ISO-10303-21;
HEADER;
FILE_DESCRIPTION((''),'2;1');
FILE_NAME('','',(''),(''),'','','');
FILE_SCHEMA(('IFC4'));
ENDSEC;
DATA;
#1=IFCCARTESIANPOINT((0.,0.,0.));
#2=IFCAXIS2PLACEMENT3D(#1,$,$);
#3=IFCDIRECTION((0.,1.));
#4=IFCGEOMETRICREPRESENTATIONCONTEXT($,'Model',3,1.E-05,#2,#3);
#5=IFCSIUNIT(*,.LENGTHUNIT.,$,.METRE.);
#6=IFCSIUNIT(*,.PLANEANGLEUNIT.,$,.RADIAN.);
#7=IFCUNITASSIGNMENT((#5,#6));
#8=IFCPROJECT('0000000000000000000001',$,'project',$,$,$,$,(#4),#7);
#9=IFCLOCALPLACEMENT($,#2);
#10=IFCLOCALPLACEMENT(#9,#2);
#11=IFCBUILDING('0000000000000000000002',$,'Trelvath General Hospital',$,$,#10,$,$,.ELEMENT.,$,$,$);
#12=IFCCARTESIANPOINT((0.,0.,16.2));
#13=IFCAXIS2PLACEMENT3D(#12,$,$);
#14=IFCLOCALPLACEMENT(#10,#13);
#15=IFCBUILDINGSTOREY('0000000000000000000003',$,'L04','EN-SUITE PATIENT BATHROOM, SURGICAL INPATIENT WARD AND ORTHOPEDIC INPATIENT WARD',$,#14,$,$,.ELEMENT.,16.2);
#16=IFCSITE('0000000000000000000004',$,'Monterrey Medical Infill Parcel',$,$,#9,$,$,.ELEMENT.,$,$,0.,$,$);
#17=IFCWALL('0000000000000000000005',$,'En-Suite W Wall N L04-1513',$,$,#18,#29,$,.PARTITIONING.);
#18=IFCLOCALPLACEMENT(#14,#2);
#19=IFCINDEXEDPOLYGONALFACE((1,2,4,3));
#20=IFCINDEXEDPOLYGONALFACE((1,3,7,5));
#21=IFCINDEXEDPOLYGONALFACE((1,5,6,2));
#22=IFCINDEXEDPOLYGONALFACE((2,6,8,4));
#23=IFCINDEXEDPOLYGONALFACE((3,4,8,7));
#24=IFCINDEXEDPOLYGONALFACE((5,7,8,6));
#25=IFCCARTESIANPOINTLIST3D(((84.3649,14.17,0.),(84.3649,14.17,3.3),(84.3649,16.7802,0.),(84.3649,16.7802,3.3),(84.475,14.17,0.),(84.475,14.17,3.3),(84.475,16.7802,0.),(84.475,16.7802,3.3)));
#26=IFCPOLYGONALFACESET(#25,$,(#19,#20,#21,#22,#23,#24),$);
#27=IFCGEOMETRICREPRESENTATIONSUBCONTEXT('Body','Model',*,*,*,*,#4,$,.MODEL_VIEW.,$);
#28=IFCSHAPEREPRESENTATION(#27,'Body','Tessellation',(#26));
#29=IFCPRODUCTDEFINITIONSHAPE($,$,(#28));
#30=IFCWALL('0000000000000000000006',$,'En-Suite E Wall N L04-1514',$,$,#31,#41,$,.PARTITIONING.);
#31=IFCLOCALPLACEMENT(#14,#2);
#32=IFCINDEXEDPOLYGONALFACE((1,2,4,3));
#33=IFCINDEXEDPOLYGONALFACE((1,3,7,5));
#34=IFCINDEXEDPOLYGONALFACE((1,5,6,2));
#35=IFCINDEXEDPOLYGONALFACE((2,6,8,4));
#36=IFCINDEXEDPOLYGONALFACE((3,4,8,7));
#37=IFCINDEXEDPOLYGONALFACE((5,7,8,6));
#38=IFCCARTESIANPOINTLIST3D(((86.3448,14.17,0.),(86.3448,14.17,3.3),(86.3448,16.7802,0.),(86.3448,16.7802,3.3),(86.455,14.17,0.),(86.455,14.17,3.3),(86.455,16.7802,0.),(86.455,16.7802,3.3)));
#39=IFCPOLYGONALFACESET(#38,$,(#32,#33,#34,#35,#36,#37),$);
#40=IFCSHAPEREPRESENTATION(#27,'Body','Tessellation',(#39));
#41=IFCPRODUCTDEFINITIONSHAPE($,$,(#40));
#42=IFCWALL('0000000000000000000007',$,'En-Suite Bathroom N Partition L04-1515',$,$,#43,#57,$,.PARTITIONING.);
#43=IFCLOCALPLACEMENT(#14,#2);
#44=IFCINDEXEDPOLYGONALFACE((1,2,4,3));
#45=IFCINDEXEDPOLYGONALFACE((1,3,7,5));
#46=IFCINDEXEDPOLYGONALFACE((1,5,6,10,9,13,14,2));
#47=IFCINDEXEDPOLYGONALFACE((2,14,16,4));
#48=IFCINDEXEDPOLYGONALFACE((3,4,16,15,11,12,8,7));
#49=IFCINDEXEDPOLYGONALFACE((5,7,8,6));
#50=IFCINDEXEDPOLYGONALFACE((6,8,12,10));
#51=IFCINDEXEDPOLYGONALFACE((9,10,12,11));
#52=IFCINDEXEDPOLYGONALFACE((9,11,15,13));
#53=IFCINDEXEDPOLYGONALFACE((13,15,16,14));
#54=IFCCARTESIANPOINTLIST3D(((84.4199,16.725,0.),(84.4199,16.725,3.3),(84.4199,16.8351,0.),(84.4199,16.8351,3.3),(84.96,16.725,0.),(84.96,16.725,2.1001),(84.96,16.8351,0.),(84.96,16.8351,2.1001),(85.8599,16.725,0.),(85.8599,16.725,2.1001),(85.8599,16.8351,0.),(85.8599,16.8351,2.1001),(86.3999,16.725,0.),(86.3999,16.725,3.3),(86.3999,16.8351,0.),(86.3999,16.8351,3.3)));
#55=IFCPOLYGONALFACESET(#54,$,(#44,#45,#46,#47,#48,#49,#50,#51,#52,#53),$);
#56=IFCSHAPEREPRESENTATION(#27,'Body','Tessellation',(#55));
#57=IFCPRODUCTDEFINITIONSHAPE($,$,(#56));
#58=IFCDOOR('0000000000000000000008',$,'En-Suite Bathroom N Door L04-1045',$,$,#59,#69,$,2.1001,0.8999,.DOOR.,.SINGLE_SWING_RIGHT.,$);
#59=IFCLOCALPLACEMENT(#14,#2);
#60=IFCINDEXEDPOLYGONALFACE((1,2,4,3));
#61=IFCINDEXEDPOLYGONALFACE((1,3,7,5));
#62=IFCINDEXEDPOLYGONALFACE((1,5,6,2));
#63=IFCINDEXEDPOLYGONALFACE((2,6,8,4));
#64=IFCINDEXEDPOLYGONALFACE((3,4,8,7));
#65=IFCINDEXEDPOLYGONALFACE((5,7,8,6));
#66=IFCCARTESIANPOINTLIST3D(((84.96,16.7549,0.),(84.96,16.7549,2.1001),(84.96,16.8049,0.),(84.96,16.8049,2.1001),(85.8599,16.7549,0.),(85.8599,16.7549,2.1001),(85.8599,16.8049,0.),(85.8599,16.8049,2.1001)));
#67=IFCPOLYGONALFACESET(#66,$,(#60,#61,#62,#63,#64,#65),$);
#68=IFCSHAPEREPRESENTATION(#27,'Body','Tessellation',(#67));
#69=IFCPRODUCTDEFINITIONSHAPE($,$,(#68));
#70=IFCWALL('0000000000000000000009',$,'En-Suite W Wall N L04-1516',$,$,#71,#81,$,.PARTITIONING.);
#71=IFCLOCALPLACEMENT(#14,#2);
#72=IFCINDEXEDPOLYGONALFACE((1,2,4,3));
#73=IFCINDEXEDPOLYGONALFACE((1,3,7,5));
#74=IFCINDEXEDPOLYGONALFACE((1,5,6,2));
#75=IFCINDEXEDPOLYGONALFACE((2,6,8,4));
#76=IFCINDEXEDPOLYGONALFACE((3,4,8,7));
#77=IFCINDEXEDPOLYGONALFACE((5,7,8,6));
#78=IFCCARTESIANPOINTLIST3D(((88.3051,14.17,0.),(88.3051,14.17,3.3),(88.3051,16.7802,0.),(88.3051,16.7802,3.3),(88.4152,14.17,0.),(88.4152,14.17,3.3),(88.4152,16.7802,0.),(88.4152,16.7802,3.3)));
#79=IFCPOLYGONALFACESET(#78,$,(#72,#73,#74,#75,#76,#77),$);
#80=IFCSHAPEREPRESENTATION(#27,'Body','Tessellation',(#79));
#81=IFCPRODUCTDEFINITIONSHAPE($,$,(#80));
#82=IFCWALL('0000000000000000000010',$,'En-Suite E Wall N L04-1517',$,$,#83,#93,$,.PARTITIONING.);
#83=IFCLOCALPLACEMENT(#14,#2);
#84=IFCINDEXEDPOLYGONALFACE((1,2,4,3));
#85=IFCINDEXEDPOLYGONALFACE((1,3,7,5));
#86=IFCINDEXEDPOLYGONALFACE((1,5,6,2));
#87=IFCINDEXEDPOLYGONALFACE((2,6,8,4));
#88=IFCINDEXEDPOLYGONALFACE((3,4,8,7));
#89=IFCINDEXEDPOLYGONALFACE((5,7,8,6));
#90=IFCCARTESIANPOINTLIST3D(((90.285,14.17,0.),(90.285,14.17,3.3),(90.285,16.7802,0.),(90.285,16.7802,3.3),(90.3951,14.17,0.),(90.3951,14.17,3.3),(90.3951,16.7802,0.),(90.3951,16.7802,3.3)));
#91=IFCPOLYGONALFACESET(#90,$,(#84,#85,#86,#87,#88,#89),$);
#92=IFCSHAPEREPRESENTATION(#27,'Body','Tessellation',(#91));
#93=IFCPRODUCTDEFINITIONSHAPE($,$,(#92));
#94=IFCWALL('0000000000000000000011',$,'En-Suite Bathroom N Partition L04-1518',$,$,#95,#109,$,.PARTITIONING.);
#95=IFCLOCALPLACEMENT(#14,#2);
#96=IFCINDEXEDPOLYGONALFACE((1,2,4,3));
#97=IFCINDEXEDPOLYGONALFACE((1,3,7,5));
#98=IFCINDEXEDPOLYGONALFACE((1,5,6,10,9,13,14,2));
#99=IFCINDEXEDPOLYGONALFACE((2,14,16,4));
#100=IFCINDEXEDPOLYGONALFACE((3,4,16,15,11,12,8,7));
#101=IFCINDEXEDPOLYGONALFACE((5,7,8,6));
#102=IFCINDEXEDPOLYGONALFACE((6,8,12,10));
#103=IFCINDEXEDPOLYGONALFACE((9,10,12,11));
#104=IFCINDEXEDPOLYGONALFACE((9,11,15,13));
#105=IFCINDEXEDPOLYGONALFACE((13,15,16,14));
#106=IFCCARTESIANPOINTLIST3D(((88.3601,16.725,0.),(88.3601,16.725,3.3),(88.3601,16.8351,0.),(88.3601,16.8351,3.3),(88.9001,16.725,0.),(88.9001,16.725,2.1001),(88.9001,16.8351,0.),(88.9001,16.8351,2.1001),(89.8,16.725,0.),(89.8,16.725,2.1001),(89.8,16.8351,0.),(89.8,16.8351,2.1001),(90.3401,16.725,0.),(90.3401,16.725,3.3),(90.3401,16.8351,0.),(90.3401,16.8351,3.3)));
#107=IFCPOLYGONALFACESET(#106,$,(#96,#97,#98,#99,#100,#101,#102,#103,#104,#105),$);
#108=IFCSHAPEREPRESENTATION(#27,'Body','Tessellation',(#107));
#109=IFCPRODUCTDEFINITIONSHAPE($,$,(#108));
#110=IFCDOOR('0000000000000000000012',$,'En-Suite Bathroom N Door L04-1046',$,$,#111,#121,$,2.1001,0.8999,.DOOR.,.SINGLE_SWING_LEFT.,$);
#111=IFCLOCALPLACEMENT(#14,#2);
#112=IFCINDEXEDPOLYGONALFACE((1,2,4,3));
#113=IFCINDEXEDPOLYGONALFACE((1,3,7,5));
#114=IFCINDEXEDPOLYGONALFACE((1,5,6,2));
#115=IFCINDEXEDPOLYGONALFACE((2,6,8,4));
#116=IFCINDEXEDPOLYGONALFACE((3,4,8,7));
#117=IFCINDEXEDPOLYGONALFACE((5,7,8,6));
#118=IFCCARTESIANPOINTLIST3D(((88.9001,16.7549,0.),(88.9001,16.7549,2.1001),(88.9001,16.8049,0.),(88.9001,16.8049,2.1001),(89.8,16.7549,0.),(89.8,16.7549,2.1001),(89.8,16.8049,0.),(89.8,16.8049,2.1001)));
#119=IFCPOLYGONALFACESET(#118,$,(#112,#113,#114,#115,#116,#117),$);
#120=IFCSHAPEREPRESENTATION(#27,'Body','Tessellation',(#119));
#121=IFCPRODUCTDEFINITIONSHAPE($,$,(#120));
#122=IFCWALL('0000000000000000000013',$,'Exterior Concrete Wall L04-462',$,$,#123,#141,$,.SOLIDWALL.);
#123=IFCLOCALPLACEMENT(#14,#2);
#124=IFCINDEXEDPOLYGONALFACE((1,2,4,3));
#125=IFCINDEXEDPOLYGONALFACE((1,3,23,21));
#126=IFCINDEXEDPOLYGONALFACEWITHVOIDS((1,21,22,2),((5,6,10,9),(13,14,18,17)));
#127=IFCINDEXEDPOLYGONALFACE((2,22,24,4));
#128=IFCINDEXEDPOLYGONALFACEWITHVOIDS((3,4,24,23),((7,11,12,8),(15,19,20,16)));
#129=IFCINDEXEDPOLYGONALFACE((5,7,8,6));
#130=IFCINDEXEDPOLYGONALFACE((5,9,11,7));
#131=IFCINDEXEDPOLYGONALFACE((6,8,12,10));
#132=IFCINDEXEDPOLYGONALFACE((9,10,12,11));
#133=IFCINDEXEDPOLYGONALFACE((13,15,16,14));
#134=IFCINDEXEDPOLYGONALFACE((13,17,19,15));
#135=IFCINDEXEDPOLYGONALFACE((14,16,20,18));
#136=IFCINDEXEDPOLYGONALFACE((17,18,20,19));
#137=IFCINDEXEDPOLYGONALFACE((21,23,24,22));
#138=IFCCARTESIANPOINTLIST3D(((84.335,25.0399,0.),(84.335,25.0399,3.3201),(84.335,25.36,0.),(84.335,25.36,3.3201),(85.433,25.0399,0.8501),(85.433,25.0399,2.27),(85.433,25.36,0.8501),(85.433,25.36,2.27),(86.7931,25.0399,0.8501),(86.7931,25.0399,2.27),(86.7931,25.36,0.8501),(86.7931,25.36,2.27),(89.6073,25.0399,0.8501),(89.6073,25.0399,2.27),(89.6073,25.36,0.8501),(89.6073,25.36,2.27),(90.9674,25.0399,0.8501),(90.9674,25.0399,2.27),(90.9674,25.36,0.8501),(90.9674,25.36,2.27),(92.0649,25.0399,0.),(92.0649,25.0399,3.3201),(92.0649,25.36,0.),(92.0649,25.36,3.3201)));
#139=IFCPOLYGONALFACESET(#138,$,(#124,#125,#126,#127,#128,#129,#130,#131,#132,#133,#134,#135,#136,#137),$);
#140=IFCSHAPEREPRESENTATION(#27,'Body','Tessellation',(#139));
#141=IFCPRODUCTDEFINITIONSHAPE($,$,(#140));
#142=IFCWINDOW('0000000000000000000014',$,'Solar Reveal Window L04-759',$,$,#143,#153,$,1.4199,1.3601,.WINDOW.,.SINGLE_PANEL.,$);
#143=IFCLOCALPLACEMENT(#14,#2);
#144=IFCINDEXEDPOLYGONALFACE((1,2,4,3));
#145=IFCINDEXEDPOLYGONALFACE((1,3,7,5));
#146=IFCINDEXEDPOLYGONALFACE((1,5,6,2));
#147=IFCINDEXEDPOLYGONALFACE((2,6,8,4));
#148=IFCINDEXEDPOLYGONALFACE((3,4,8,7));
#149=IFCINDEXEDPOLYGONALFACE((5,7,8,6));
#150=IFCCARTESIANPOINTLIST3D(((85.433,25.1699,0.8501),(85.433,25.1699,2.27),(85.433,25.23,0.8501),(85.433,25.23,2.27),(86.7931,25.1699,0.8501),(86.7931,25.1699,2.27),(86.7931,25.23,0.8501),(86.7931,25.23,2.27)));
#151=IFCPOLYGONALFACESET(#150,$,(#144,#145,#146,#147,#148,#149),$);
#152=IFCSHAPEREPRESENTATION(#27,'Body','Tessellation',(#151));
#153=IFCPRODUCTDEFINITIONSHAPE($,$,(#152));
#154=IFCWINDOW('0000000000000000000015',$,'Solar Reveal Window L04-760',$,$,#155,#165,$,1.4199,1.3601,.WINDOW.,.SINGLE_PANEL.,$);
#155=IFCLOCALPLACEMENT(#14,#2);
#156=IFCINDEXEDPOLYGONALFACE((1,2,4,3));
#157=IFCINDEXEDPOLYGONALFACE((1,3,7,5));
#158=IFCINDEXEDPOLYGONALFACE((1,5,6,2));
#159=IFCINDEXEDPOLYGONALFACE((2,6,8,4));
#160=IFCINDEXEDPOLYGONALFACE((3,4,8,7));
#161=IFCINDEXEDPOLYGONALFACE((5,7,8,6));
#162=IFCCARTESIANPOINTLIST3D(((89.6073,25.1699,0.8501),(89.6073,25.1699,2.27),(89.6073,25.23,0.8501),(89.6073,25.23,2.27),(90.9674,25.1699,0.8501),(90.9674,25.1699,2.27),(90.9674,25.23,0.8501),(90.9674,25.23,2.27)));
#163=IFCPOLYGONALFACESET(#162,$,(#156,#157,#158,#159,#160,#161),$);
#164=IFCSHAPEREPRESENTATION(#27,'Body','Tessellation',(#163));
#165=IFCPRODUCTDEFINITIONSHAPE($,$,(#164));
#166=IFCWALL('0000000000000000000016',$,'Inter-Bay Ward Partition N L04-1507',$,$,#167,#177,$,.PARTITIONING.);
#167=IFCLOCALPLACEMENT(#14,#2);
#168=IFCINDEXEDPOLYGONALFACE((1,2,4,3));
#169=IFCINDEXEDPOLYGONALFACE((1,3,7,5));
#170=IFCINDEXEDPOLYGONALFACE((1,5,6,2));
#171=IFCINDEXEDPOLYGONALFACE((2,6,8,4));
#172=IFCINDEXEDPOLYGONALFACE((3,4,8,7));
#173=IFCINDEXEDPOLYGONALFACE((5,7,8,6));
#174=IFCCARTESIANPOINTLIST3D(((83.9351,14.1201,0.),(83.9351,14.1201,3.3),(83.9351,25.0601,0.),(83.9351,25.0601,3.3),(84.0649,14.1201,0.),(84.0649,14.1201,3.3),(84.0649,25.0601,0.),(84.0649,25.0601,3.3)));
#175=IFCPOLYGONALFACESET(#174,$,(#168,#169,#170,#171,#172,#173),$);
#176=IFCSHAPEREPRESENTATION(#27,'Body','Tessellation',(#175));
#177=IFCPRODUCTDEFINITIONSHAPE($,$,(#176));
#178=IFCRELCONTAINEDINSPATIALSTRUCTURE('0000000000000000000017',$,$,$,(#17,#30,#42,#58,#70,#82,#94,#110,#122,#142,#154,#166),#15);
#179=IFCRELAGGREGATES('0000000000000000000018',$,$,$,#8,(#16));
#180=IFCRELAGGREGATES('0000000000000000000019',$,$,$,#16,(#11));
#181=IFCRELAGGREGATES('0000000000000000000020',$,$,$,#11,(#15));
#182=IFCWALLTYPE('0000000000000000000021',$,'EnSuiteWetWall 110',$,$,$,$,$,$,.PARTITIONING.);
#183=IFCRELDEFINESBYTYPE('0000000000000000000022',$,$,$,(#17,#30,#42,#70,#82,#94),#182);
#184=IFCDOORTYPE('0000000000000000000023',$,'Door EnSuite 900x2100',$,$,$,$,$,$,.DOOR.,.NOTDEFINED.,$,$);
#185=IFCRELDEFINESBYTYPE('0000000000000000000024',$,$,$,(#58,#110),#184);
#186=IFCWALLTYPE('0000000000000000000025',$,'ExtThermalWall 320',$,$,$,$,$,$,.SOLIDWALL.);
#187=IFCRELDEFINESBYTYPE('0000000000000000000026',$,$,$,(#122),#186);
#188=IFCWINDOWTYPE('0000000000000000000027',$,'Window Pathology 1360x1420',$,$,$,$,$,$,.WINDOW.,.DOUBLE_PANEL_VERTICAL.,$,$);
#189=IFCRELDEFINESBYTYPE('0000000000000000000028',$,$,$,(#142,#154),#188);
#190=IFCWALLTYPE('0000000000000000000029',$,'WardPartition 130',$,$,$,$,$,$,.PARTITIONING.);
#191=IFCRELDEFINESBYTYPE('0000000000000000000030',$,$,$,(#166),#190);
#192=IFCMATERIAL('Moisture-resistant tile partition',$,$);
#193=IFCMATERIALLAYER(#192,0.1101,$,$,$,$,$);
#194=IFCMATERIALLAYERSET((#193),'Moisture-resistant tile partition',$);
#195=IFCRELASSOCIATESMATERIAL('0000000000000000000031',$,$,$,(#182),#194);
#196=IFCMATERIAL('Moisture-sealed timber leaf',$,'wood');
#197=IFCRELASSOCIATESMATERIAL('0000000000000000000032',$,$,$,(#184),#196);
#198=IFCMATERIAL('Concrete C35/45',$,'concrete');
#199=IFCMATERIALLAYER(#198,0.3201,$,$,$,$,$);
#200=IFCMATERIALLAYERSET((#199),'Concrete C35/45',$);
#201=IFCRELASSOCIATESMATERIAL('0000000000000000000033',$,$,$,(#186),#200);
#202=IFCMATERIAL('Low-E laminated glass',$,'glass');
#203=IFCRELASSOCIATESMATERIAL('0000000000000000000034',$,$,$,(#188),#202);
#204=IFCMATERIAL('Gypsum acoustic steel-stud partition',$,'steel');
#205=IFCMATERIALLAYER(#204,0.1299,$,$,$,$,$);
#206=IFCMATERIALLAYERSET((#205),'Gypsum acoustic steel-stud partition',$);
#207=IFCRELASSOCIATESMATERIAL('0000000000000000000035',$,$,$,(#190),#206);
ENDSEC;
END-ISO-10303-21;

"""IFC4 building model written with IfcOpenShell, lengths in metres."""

from ifc_helpers import new_model, si_unit, direction, frame, frame_2d, origin, place, context, subcontext, project, spatial, rectangle, extrude, material, layer, layer_set, type_object, element, fill, save


model = new_model("IFC4")

# Units and contexts
model_context = context("Model", 3, precision=1e-05, world=origin(), true_north=direction((0.0, 1.0)))
body_context = subcontext(model_context, "Body", "Model", "MODEL_VIEW")
ifc_project = project(units=[si_unit("LENGTHUNIT", "METRE"), si_unit("PLANEANGLEUNIT", "RADIAN")], contexts=[model_context])

# Site, building, storey
site_placement = place(None, origin())
site = spatial("IfcSite", under=ifc_project, at=site_placement, Name="Monterrey Medical Infill Parcel", CompositionType="ELEMENT", RefElevation=0.0)
building_placement = place(site_placement, origin())
building = spatial("IfcBuilding", under=site, at=building_placement, Name="Trelvath General Hospital", CompositionType="ELEMENT")
storey_placement = place(building_placement, frame((0.0, 0.0, 16.2)))
storey = spatial("IfcBuildingStorey", under=building, at=storey_placement, Name="L04", Description="EN-SUITE PATIENT BATHROOM, SURGICAL INPATIENT WARD AND ORTHOPEDIC INPATIENT WARD", CompositionType="ELEMENT", Elevation=16.2)

# Walls
ifc_material_1 = material(Name="Moisture-resistant tile partition")
ifc_layer_1 = layer(ifc_material_1, 0.1101)
ifc_layer_set_1 = layer_set([ifc_layer_1], Name="Moisture-resistant tile partition")
wall_type_1 = type_object("IfcWallType", Name="EnSuiteWetWall 110", PredefinedType="PARTITIONING", material=ifc_layer_set_1)
for number, where, z_axis, x_axis, name in (
    (1, (84.4199, 14.1699, 0.0), (0.0, 0.0, 1.0), (0.0, 1.0, 0.0), "En-Suite W Wall N L04-1513"),
    (2, (86.3999, 14.1699, 0.0), (0.0, 0.0, 1.0), (0.0, 1.0, 0.0), "En-Suite E Wall N L04-1514"),
):
    element("IfcWall", number, at=place(storey_placement, frame(where, z_axis=z_axis, x_axis=x_axis)), inside=storey, type_object=wall_type_1, Name=name, PredefinedType="PARTITIONING", context=body_context, shape_type="SweptSolid", body=[
        extrude(rectangle(XDim=2.6101, YDim=0.1101, at=frame_2d((1.3052, 0.0))), origin(), (0.0, 0.0, 1.0), 3.3),
    ])

# Wall, opening, door
wall_1_placement = place(storey_placement, frame((84.4199, 16.78, 0.0), z_axis=(0.0, 0.0, 1.0), x_axis=(1.0, 0.0, 0.0)))
wall_1 = element("IfcWall", 3, at=wall_1_placement, inside=storey, type_object=wall_type_1, Name="En-Suite Bathroom N Partition L04-1515", PredefinedType="PARTITIONING", context=body_context, shape_type="SweptSolid", body=[
    extrude(rectangle(XDim=1.98, YDim=0.1101, at=frame_2d((0.99, 0.0))), origin(), (0.0, 0.0, 1.0), 3.3),
])
opening_1_placement = place(wall_1_placement, frame((0.54, 0.0, 0.0)))
opening_1 = element("IfcOpeningElement", 4, at=opening_1_placement, cuts=wall_1, PredefinedType="OPENING", context=body_context, shape_type="SweptSolid", body=[
    extrude(rectangle(XDim=0.8999, YDim=2.1001, at=frame_2d((0.45, 1.05))), frame((0.0, 0.0649, 0.0), z_axis=(0.0, -1.0, 0.0), x_axis=(1.0, 0.0, 0.0)), (0.0, 0.0, 1.0), 0.1301),
])
ifc_material_2 = material(Name="Moisture-sealed timber leaf", Category="wood")
door_type_1 = type_object("IfcDoorType", Name="Door EnSuite 900x2100", OperationType="NOTDEFINED", PredefinedType="DOOR", material=ifc_material_2)
door_1_placement = place(opening_1_placement, origin())
door_1 = element("IfcDoor", 5, at=door_1_placement, inside=storey, type_object=door_type_1, Name="En-Suite Bathroom N Door L04-1045", OperationType="SINGLE_SWING_RIGHT", OverallHeight=2.1001, OverallWidth=0.8999, PredefinedType="DOOR", context=body_context, shape_type="SweptSolid", body=[
    extrude(rectangle(XDim=0.8999, YDim=2.1001, at=frame_2d((0.45, 1.05))), frame((0.0, 0.0249, 0.0), z_axis=(0.0, -1.0, 0.0), x_axis=(1.0, 0.0, 0.0)), (0.0, 0.0, 1.0), 0.05),
])
fill(opening_1, door_1)

# Walls
for number, where, z_axis, x_axis, name in (
    (6, (88.3601, 14.1699, 0.0), (0.0, 0.0, 1.0), (0.0, 1.0, 0.0), "En-Suite W Wall N L04-1516"),
    (7, (90.3401, 14.1699, 0.0), (0.0, 0.0, 1.0), (0.0, 1.0, 0.0), "En-Suite E Wall N L04-1517"),
):
    element("IfcWall", number, at=place(storey_placement, frame(where, z_axis=z_axis, x_axis=x_axis)), inside=storey, type_object=wall_type_1, Name=name, PredefinedType="PARTITIONING", context=body_context, shape_type="SweptSolid", body=[
        extrude(rectangle(XDim=2.6101, YDim=0.1101, at=frame_2d((1.3052, 0.0))), origin(), (0.0, 0.0, 1.0), 3.3),
    ])

# Wall, opening, door
wall_2_placement = place(storey_placement, frame((88.3601, 16.78, 0.0), z_axis=(0.0, 0.0, 1.0), x_axis=(1.0, 0.0, 0.0)))
wall_2 = element("IfcWall", 8, at=wall_2_placement, inside=storey, type_object=wall_type_1, Name="En-Suite Bathroom N Partition L04-1518", PredefinedType="PARTITIONING", context=body_context, shape_type="SweptSolid", body=[
    extrude(rectangle(XDim=1.98, YDim=0.1101, at=frame_2d((0.99, 0.0))), origin(), (0.0, 0.0, 1.0), 3.3),
])
opening_2_placement = place(wall_2_placement, frame((0.54, 0.0, 0.0)))
opening_2 = element("IfcOpeningElement", 9, at=opening_2_placement, cuts=wall_2, PredefinedType="OPENING", context=body_context, shape_type="SweptSolid", body=[
    extrude(rectangle(XDim=0.8999, YDim=2.1001, at=frame_2d((0.45, 1.05))), frame((0.0, 0.0649, 0.0), z_axis=(0.0, -1.0, 0.0), x_axis=(1.0, 0.0, 0.0)), (0.0, 0.0, 1.0), 0.1301),
])
door_2_placement = place(opening_2_placement, origin())
door_2 = element("IfcDoor", 10, at=door_2_placement, inside=storey, type_object=door_type_1, Name="En-Suite Bathroom N Door L04-1046", OperationType="SINGLE_SWING_LEFT", OverallHeight=2.1001, OverallWidth=0.8999, PredefinedType="DOOR", context=body_context, shape_type="SweptSolid", body=[
    extrude(rectangle(XDim=0.8999, YDim=2.1001, at=frame_2d((0.45, 1.05))), frame((0.0, 0.0249, 0.0), z_axis=(0.0, -1.0, 0.0), x_axis=(1.0, 0.0, 0.0)), (0.0, 0.0, 1.0), 0.05),
])
fill(opening_2, door_2)

# Wall, openings, windows
ifc_material_3 = material(Name="Concrete C35/45", Category="concrete")
ifc_layer_2 = layer(ifc_material_3, 0.3201)
ifc_layer_set_2 = layer_set([ifc_layer_2], Name="Concrete C35/45")
wall_type_2 = type_object("IfcWallType", Name="ExtThermalWall 320", PredefinedType="SOLIDWALL", material=ifc_layer_set_2)
wall_3_placement = place(storey_placement, frame((84.335, 25.2, 0.0), z_axis=(0.0, 0.0, 1.0), x_axis=(1.0, 0.0, 0.0)))
wall_3 = element("IfcWall", 11, at=wall_3_placement, inside=storey, type_object=wall_type_2, Name="Exterior Concrete Wall L04-462", PredefinedType="SOLIDWALL", context=body_context, shape_type="SweptSolid", body=[
    extrude(rectangle(XDim=7.73, YDim=0.3201, at=frame_2d((3.865, 0.0))), origin(), (0.0, 0.0, 1.0), 3.3201),
])
opening_3_placement = place(wall_3_placement, frame((1.0979, 0.0, 0.8501)))
opening_3 = element("IfcOpeningElement", 12, at=opening_3_placement, cuts=wall_3, PredefinedType="OPENING", context=body_context, shape_type="SweptSolid", body=[
    extrude(rectangle(XDim=1.3601, YDim=1.4199, at=frame_2d((0.6802, 0.71))), frame((0.0, 0.1699, 0.0), z_axis=(0.0, -1.0, 0.0), x_axis=(1.0, 0.0, 0.0)), (0.0, 0.0, 1.0), 0.3401),
])
opening_4_placement = place(wall_3_placement, frame((5.2722, 0.0, 0.8501)))
opening_4 = element("IfcOpeningElement", 13, at=opening_4_placement, cuts=wall_3, PredefinedType="OPENING", context=body_context, shape_type="SweptSolid", body=[
    extrude(rectangle(XDim=1.3601, YDim=1.4199, at=frame_2d((0.6802, 0.71))), frame((0.0, 0.1699, 0.0), z_axis=(0.0, -1.0, 0.0), x_axis=(1.0, 0.0, 0.0)), (0.0, 0.0, 1.0), 0.3401),
])
ifc_material_4 = material(Name="Low-E laminated glass", Category="glass")
window_type = type_object("IfcWindowType", Name="Window Pathology 1360x1420", PartitioningType="DOUBLE_PANEL_VERTICAL", PredefinedType="WINDOW", material=ifc_material_4)
window_1_placement = place(opening_3_placement, origin())
window_1 = element("IfcWindow", 14, at=window_1_placement, inside=storey, type_object=window_type, Name="Solar Reveal Window L04-759", OverallHeight=1.4199, OverallWidth=1.3601, PartitioningType="SINGLE_PANEL", PredefinedType="WINDOW", context=body_context, shape_type="SweptSolid", body=[
    extrude(rectangle(XDim=1.3601, YDim=1.4199, at=frame_2d((0.6802, 0.71))), frame((0.0, 0.03, 0.0), z_axis=(0.0, -1.0, 0.0), x_axis=(1.0, 0.0, 0.0)), (0.0, 0.0, 1.0), 0.0601),
])
fill(opening_3, window_1)
window_2_placement = place(opening_4_placement, origin())
window_2 = element("IfcWindow", 15, at=window_2_placement, inside=storey, type_object=window_type, Name="Solar Reveal Window L04-760", OverallHeight=1.4199, OverallWidth=1.3601, PartitioningType="SINGLE_PANEL", PredefinedType="WINDOW", context=body_context, shape_type="SweptSolid", body=[
    extrude(rectangle(XDim=1.3601, YDim=1.4199, at=frame_2d((0.6802, 0.71))), frame((0.0, 0.03, 0.0), z_axis=(0.0, -1.0, 0.0), x_axis=(1.0, 0.0, 0.0)), (0.0, 0.0, 1.0), 0.0601),
])
fill(opening_4, window_2)

# Wall
ifc_material_5 = material(Name="Gypsum acoustic steel-stud partition", Category="steel")
ifc_layer_3 = layer(ifc_material_5, 0.1299)
ifc_layer_set_3 = layer_set([ifc_layer_3], Name="Gypsum acoustic steel-stud partition")
wall_type_3 = type_object("IfcWallType", Name="WardPartition 130", PredefinedType="PARTITIONING", material=ifc_layer_set_3)
wall_4_placement = place(storey_placement, frame((84.0, 14.1201, 0.0), z_axis=(0.0, 0.0, 1.0), x_axis=(0.0, 1.0, 0.0)))
element("IfcWall", 16, at=wall_4_placement, inside=storey, type_object=wall_type_3, Name="Inter-Bay Ward Partition N L04-1507", PredefinedType="PARTITIONING", context=body_context, shape_type="SweptSolid", body=[
    extrude(rectangle(XDim=10.9399, YDim=0.1299, at=frame_2d((5.47, 0.0))), origin(), (0.0, 0.0, 1.0), 3.3),
])

save(model, "model.ifc")
